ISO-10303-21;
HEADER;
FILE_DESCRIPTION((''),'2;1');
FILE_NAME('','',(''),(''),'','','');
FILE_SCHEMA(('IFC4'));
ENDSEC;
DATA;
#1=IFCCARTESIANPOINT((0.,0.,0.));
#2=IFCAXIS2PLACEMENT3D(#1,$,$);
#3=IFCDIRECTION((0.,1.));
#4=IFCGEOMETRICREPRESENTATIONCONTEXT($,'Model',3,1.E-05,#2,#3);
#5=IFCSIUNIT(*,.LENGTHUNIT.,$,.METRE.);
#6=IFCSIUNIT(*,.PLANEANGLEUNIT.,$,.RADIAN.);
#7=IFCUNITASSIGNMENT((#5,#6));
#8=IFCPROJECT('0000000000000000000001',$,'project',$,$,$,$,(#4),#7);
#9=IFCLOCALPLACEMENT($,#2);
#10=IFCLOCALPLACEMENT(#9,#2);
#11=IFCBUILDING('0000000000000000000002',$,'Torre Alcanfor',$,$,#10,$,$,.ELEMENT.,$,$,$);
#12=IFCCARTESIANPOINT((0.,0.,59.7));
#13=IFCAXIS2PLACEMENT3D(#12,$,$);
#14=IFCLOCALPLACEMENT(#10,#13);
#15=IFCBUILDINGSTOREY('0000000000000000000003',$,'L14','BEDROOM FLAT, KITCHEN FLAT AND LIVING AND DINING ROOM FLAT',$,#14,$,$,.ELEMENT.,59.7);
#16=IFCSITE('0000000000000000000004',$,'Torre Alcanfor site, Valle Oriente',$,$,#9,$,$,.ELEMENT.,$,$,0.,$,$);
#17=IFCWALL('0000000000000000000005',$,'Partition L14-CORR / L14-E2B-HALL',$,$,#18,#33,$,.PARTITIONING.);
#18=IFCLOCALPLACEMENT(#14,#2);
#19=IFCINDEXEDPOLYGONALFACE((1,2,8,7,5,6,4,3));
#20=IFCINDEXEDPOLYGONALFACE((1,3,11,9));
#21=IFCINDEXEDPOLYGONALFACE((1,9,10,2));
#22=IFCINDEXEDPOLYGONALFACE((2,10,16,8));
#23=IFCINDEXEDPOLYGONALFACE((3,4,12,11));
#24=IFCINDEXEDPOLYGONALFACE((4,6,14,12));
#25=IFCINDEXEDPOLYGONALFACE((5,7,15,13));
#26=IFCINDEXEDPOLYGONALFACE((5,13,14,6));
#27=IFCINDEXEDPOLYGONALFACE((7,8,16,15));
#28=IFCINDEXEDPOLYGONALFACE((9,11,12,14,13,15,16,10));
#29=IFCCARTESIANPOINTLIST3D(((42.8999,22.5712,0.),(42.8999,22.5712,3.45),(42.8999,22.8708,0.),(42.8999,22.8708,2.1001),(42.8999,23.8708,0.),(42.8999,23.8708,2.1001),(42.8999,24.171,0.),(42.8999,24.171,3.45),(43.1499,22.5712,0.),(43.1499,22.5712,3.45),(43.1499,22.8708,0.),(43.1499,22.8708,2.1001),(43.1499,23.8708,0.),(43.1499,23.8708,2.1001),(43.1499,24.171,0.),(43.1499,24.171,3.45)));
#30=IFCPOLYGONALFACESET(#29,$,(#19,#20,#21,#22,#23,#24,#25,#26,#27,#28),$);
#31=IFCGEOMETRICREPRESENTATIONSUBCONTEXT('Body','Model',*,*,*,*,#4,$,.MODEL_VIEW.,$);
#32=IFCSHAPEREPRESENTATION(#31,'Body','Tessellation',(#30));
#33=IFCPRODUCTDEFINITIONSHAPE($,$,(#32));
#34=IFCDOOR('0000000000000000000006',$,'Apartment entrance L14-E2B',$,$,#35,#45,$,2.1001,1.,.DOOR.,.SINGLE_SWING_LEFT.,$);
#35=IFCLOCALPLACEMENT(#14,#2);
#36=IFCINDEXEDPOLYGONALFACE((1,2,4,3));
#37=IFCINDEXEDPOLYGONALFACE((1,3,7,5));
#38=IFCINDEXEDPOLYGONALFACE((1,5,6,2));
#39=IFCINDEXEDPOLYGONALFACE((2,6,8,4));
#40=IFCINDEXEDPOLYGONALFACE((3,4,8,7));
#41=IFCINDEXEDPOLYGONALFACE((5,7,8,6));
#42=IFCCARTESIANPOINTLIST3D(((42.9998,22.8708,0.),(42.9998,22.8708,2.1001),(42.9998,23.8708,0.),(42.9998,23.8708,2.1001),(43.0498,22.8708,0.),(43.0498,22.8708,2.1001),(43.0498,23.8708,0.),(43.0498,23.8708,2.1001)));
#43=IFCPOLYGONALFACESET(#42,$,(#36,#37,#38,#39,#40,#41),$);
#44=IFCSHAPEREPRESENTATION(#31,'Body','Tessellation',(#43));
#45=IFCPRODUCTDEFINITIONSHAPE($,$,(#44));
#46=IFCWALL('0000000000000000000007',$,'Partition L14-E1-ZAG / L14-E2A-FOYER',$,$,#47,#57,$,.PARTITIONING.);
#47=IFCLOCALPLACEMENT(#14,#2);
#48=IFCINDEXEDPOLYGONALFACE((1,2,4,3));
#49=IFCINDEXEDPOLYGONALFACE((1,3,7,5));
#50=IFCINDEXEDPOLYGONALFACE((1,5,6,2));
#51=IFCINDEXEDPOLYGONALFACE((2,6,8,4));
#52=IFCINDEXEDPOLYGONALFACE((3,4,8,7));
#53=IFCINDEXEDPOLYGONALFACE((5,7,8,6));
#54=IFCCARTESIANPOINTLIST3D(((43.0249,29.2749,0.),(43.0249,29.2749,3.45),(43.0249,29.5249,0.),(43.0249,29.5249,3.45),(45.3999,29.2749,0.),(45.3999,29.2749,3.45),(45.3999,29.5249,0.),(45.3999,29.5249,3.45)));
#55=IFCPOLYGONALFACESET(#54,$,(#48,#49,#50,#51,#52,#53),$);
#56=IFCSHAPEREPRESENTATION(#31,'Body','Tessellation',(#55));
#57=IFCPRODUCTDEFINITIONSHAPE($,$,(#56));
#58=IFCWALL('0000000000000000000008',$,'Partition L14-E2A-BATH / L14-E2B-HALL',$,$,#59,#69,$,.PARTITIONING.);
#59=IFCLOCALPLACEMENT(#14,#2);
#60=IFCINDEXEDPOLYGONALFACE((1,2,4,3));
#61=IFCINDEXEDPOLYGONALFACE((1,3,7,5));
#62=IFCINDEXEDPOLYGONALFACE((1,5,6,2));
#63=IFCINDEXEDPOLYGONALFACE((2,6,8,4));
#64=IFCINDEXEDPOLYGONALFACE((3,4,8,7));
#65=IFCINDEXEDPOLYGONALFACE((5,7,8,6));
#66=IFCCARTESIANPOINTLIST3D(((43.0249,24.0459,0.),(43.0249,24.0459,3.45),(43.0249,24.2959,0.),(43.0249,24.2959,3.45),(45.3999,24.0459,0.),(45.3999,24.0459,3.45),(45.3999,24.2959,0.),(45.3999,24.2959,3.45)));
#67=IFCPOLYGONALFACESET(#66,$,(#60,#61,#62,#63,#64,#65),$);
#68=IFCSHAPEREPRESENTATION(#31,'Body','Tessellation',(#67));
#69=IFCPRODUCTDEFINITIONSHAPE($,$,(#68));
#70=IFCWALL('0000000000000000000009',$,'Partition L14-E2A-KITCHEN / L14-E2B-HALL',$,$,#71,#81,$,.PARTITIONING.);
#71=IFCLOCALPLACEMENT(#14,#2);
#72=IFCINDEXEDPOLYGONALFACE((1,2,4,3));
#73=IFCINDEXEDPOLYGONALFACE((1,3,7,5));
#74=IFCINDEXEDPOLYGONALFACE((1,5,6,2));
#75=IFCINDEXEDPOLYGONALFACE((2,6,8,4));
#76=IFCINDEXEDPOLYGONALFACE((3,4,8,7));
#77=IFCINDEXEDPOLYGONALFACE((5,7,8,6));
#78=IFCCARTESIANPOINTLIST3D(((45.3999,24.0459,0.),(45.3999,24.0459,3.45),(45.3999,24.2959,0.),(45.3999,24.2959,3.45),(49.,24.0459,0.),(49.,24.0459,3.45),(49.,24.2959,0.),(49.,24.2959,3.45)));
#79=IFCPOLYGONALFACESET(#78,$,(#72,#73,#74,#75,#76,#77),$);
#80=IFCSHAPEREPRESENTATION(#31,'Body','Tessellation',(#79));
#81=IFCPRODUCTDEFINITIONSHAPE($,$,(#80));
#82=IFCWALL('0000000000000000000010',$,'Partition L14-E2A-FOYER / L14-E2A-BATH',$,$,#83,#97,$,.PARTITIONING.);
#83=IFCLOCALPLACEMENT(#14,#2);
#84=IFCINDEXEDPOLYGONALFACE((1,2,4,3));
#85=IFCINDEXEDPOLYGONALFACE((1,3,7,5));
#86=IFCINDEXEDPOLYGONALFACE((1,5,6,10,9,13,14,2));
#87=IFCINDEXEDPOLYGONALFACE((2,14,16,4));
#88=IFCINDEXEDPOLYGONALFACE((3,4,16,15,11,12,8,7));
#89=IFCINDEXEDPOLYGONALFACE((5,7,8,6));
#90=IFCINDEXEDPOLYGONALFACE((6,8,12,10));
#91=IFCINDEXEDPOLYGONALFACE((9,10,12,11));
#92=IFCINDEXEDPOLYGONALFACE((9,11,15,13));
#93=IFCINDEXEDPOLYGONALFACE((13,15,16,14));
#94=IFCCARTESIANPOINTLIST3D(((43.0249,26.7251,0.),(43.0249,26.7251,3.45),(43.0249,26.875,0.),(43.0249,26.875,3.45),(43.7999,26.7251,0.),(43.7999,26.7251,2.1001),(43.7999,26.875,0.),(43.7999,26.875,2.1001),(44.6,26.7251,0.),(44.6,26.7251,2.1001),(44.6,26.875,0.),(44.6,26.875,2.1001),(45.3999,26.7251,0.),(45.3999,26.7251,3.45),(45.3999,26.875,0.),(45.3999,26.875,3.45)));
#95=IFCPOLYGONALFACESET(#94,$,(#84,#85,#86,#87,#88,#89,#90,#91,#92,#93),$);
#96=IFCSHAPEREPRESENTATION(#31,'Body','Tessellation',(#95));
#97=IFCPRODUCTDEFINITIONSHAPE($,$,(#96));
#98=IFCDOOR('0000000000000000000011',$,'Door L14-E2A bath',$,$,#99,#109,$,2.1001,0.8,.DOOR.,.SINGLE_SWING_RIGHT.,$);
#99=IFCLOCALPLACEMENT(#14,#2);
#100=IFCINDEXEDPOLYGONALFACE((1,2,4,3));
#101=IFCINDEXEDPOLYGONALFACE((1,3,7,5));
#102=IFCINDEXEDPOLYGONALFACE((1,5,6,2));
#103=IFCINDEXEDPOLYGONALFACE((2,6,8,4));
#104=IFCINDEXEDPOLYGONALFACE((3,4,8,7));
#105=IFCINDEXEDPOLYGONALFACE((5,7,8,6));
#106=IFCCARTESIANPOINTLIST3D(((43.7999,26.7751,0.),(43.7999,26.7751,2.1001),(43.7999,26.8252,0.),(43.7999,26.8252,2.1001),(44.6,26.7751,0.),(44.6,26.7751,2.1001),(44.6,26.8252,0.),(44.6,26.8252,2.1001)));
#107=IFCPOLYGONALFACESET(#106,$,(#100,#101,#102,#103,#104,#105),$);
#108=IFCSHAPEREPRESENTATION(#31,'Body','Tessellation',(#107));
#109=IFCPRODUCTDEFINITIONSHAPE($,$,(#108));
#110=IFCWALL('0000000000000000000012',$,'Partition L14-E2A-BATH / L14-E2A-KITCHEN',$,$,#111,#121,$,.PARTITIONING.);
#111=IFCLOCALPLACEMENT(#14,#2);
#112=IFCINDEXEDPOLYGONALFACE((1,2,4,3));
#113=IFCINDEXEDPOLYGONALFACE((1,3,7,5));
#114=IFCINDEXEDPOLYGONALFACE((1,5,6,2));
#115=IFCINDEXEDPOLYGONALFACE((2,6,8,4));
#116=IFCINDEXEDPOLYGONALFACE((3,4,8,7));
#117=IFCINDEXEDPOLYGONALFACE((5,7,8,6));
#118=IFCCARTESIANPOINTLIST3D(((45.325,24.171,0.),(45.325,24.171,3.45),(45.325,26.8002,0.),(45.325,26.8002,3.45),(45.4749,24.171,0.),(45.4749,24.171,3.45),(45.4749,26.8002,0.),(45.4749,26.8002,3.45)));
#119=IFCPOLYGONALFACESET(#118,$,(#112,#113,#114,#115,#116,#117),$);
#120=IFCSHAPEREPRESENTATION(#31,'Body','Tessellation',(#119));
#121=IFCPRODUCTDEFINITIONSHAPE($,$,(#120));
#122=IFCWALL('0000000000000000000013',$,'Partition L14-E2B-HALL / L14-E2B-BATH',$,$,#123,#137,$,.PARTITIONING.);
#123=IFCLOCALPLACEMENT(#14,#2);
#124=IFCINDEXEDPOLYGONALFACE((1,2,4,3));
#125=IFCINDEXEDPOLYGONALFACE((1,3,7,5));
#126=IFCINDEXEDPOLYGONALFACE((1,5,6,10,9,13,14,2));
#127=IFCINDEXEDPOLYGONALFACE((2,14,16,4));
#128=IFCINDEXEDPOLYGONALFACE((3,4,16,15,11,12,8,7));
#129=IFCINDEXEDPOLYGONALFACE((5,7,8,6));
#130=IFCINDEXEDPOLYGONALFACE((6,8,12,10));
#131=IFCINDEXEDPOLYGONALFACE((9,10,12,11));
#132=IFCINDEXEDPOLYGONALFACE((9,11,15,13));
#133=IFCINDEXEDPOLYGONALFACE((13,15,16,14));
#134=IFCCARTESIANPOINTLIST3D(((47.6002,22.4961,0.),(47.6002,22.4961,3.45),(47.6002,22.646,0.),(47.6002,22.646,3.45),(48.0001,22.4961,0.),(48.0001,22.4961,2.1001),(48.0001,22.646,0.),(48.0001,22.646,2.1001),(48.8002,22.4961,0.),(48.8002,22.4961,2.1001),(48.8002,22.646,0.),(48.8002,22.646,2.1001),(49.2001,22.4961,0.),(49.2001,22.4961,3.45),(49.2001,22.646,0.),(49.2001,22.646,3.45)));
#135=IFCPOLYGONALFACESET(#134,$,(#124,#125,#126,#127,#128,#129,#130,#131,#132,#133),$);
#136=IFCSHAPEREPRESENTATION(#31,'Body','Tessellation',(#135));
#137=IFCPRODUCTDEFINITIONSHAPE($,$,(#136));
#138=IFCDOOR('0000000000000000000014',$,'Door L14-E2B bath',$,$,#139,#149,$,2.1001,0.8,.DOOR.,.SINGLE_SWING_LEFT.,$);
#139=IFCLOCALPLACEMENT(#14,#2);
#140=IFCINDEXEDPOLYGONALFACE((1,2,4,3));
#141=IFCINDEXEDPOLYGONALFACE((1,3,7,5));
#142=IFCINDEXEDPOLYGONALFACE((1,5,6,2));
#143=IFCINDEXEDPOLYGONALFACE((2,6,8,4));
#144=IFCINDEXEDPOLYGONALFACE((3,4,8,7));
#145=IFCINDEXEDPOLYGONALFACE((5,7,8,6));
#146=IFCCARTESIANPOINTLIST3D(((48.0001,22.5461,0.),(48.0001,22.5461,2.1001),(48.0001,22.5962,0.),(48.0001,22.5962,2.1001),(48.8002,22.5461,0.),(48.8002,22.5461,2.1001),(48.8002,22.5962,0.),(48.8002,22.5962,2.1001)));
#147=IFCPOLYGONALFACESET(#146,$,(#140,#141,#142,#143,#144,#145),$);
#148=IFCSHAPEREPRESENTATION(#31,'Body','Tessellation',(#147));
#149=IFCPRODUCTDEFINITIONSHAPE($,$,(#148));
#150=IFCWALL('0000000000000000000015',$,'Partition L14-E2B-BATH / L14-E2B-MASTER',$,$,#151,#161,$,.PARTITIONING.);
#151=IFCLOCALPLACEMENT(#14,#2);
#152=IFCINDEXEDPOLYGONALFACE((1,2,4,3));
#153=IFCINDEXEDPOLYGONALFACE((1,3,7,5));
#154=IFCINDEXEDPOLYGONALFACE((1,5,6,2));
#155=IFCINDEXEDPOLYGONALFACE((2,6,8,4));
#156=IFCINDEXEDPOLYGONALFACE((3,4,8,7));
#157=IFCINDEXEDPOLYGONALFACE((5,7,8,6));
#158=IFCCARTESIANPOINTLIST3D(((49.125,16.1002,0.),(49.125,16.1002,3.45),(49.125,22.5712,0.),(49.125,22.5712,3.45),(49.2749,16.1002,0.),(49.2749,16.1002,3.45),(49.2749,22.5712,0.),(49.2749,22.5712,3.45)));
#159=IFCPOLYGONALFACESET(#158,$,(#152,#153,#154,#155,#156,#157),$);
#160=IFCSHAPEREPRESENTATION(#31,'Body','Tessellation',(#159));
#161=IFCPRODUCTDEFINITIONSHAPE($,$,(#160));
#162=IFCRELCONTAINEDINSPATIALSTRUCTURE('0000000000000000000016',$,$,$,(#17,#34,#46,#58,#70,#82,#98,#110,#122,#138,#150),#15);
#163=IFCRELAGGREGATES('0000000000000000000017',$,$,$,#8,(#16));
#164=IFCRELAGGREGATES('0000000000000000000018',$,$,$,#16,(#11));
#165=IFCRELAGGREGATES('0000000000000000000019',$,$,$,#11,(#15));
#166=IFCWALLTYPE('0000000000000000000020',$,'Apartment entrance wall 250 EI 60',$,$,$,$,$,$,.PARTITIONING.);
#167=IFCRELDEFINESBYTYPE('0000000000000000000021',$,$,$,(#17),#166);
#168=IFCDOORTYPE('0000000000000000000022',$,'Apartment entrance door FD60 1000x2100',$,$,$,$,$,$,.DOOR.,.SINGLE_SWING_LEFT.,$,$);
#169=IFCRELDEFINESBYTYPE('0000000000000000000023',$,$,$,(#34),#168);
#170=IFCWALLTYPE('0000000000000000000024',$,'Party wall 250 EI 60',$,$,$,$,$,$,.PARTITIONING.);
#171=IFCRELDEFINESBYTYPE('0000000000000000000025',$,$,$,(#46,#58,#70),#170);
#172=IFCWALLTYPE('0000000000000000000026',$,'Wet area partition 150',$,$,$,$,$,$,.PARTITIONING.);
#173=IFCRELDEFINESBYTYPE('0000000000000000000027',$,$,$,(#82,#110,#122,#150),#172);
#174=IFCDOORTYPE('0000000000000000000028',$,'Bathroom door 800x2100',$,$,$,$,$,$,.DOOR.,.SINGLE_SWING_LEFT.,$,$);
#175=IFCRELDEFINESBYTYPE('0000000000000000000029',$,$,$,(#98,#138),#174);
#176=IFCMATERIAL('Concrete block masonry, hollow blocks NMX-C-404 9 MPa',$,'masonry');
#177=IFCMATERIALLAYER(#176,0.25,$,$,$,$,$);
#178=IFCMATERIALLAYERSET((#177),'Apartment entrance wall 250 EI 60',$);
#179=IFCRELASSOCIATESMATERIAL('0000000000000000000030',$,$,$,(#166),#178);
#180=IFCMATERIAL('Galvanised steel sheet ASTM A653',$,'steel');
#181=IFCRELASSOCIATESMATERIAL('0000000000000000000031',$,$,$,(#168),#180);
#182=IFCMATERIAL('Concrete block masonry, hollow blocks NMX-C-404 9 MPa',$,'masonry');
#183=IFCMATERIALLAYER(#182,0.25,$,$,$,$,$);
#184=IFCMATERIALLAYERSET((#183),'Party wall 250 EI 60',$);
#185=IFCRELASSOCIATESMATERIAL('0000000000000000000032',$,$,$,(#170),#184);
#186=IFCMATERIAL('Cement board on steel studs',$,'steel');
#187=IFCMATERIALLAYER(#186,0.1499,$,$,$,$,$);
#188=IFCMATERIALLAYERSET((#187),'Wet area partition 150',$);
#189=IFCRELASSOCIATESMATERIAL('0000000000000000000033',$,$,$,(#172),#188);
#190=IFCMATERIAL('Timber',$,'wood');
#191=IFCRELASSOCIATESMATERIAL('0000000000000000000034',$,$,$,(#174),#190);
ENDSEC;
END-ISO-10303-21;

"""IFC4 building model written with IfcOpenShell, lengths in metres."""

from ifc_helpers import new_model, si_unit, direction, frame, frame_2d, origin, place, context, subcontext, project, spatial, rectangle, extrude, material, layer, layer_set, type_object, element, fill, save


model = new_model("IFC4")

# Units and contexts
model_context = context("Model", 3, precision=1e-05, world=origin(), true_north=direction((0.0, 1.0)))
body_context = subcontext(model_context, "Body", "Model", "MODEL_VIEW")
ifc_project = project(units=[si_unit("LENGTHUNIT", "METRE"), si_unit("PLANEANGLEUNIT", "RADIAN")], contexts=[model_context])

# Site, building, storey
site_placement = place(None, origin())
site = spatial("IfcSite", under=ifc_project, at=site_placement, Name="Torre Alcanfor site, Valle Oriente", CompositionType="ELEMENT", RefElevation=0.0)
building_placement = place(site_placement, origin())
building = spatial("IfcBuilding", under=site, at=building_placement, Name="Torre Alcanfor", CompositionType="ELEMENT")
storey_placement = place(building_placement, frame((0.0, 0.0, 59.7)))
storey = spatial("IfcBuildingStorey", under=building, at=storey_placement, Name="L14", Description="BEDROOM FLAT, KITCHEN FLAT AND LIVING AND DINING ROOM FLAT", CompositionType="ELEMENT", Elevation=59.7)

# Shared definitions
ifc_material_1 = material(Name="Concrete block masonry, hollow blocks NMX-C-404 9 MPa", Category="masonry")
ifc_layer_1 = layer(ifc_material_1, 0.25)
ifc_layer_set_1 = layer_set([ifc_layer_1], Name="Apartment entrance wall 250 EI 60")
wall_type_1 = type_object("IfcWallType", Name="Apartment entrance wall 250 EI 60", PredefinedType="PARTITIONING", material=ifc_layer_set_1)
ifc_material_2 = material(Name="Galvanised steel sheet ASTM A653", Category="steel")
door_type_1 = type_object("IfcDoorType", Name="Apartment entrance door FD60 1000x2100", OperationType="SINGLE_SWING_LEFT", PredefinedType="DOOR", material=ifc_material_2)

# Wall, opening, door
wall_1_placement = place(storey_placement, frame((43.0249, 24.1709, 0.0), z_axis=(0.0, 0.0, 1.0), x_axis=(0.0, -1.0, 0.0)))
wall_1 = element("IfcWall", 1, at=wall_1_placement, inside=storey, type_object=wall_type_1, Name="Partition L14-CORR / L14-E2B-HALL", PredefinedType="PARTITIONING", context=body_context, shape_type="SweptSolid", body=[
    extrude(rectangle(XDim=1.5999, YDim=0.25, at=frame_2d((0.7998, 0.0))), origin(), (0.0, 0.0, 1.0), 3.45),
])
opening_1_placement = place(wall_1_placement, frame((0.3, 0.0, 0.0)))
opening_1 = element("IfcOpeningElement", 2, at=opening_1_placement, cuts=wall_1, PredefinedType="OPENING", context=body_context, shape_type="SweptSolid", body=[
    extrude(rectangle(XDim=1.0, YDim=2.1001, at=frame_2d((0.5, 1.05))), frame((0.0, 0.135, 0.0), z_axis=(0.0, -1.0, 0.0), x_axis=(1.0, 0.0, 0.0)), (0.0, 0.0, 1.0), 0.27),
])
door_1_placement = place(opening_1_placement, origin())
door_1 = element("IfcDoor", 3, at=door_1_placement, inside=storey, type_object=door_type_1, Name="Apartment entrance L14-E2B", OperationType="SINGLE_SWING_LEFT", OverallHeight=2.1001, OverallWidth=1.0, PredefinedType="DOOR", context=body_context, shape_type="SweptSolid", body=[
    extrude(rectangle(XDim=1.0, YDim=2.1001, at=frame_2d((0.5, 1.05))), frame((0.0, 0.0249, 0.0), z_axis=(0.0, -1.0, 0.0), x_axis=(1.0, 0.0, 0.0)), (0.0, 0.0, 1.0), 0.05),
])
fill(opening_1, door_1)

# Walls
ifc_material_3 = material(Name="Concrete block masonry, hollow blocks NMX-C-404 9 MPa", Category="masonry")
ifc_layer_2 = layer(ifc_material_3, 0.25)
ifc_layer_set_2 = layer_set([ifc_layer_2], Name="Party wall 250 EI 60")
wall_type_2 = type_object("IfcWallType", Name="Party wall 250 EI 60", PredefinedType="PARTITIONING", material=ifc_layer_set_2)
for number, where, z_axis, x_axis, name in (
    (4, (43.0249, 29.3999, 0.0), (0.0, 0.0, 1.0), (1.0, 0.0, 0.0), "Partition L14-E1-ZAG / L14-E2A-FOYER"),
    (5, (45.3999, 24.1709, 0.0), (0.0, 0.0, 1.0), (-1.0, 0.0, 0.0), "Partition L14-E2A-BATH / L14-E2B-HALL"),
):
    element("IfcWall", number, at=place(storey_placement, frame(where, z_axis=z_axis, x_axis=x_axis)), inside=storey, type_object=wall_type_2, Name=name, PredefinedType="PARTITIONING", context=body_context, shape_type="SweptSolid", body=[
        extrude(rectangle(XDim=2.375, YDim=0.25, at=frame_2d((1.1875, 0.0))), origin(), (0.0, 0.0, 1.0), 3.45),
    ])
wall_2_placement = place(storey_placement, frame((49.0, 24.1709, 0.0), z_axis=(0.0, 0.0, 1.0), x_axis=(-1.0, 0.0, 0.0)))
element("IfcWall", 6, at=wall_2_placement, inside=storey, type_object=wall_type_2, Name="Partition L14-E2A-KITCHEN / L14-E2B-HALL", PredefinedType="PARTITIONING", context=body_context, shape_type="SweptSolid", body=[
    extrude(rectangle(XDim=3.6001, YDim=0.25, at=frame_2d((1.8, 0.0))), origin(), (0.0, 0.0, 1.0), 3.45),
])

# Wall, opening, door
ifc_material_4 = material(Name="Cement board on steel studs", Category="steel")
ifc_layer_3 = layer(ifc_material_4, 0.1499)
ifc_layer_set_3 = layer_set([ifc_layer_3], Name="Wet area partition 150")
wall_type_3 = type_object("IfcWallType", Name="Wet area partition 150", PredefinedType="PARTITIONING", material=ifc_layer_set_3)
wall_3_placement = place(storey_placement, frame((45.3999, 26.8, 0.0), z_axis=(0.0, 0.0, 1.0), x_axis=(-1.0, 0.0, 0.0)))
wall_3 = element("IfcWall", 7, at=wall_3_placement, inside=storey, type_object=wall_type_3, Name="Partition L14-E2A-FOYER / L14-E2A-BATH", PredefinedType="PARTITIONING", context=body_context, shape_type="SweptSolid", body=[
    extrude(rectangle(XDim=2.375, YDim=0.1499, at=frame_2d((1.1875, 0.0))), origin(), (0.0, 0.0, 1.0), 3.45),
])
opening_2_placement = place(wall_3_placement, frame((0.8, 0.0, 0.0)))
opening_2 = element("IfcOpeningElement", 8, at=opening_2_placement, cuts=wall_3, PredefinedType="OPENING", context=body_context, shape_type="SweptSolid", body=[
    extrude(rectangle(XDim=0.8, YDim=2.1001, at=frame_2d((0.3999, 1.05))), frame((0.0, 0.085, 0.0), z_axis=(0.0, -1.0, 0.0), x_axis=(1.0, 0.0, 0.0)), (0.0, 0.0, 1.0), 0.1699),
])
ifc_material_5 = material(Name="Timber", Category="wood")
door_type_2 = type_object("IfcDoorType", Name="Bathroom door 800x2100", OperationType="SINGLE_SWING_LEFT", PredefinedType="DOOR", material=ifc_material_5)
door_2_placement = place(opening_2_placement, origin())
door_2 = element("IfcDoor", 9, at=door_2_placement, inside=storey, type_object=door_type_2, Name="Door L14-E2A bath", OperationType="SINGLE_SWING_RIGHT", OverallHeight=2.1001, OverallWidth=0.8, PredefinedType="DOOR", context=body_context, shape_type="SweptSolid", body=[
    extrude(rectangle(XDim=0.8, YDim=2.1001, at=frame_2d((0.3999, 1.05))), frame((0.0, 0.0249, 0.0), z_axis=(0.0, -1.0, 0.0), x_axis=(1.0, 0.0, 0.0)), (0.0, 0.0, 1.0), 0.05),
])
fill(opening_2, door_2)

# Wall
wall_4_placement = place(storey_placement, frame((45.3999, 26.8, 0.0), z_axis=(0.0, 0.0, 1.0), x_axis=(0.0, -1.0, 0.0)))
element("IfcWall", 10, at=wall_4_placement, inside=storey, type_object=wall_type_3, Name="Partition L14-E2A-BATH / L14-E2A-KITCHEN", PredefinedType="PARTITIONING", context=body_context, shape_type="SweptSolid", body=[
    extrude(rectangle(XDim=2.6292, YDim=0.1499, at=frame_2d((1.3145, 0.0))), origin(), (0.0, 0.0, 1.0), 3.45),
])

# Wall, opening, door
wall_5_placement = place(storey_placement, frame((49.2, 22.571, 0.0), z_axis=(0.0, 0.0, 1.0), x_axis=(-1.0, 0.0, 0.0)))
wall_5 = element("IfcWall", 11, at=wall_5_placement, inside=storey, type_object=wall_type_3, Name="Partition L14-E2B-HALL / L14-E2B-BATH", PredefinedType="PARTITIONING", context=body_context, shape_type="SweptSolid", body=[
    extrude(rectangle(XDim=1.5999, YDim=0.1499, at=frame_2d((0.7998, 0.0))), origin(), (0.0, 0.0, 1.0), 3.45),
])
opening_3_placement = place(wall_5_placement, frame((0.3999, 0.0, 0.0)))
opening_3 = element("IfcOpeningElement", 12, at=opening_3_placement, cuts=wall_5, PredefinedType="OPENING", context=body_context, shape_type="SweptSolid", body=[
    extrude(rectangle(XDim=0.8, YDim=2.1001, at=frame_2d((0.3999, 1.05))), frame((0.0, 0.085, 0.0), z_axis=(0.0, -1.0, 0.0), x_axis=(1.0, 0.0, 0.0)), (0.0, 0.0, 1.0), 0.1699),
])
door_3_placement = place(opening_3_placement, origin())
door_3 = element("IfcDoor", 13, at=door_3_placement, inside=storey, type_object=door_type_2, Name="Door L14-E2B bath", OperationType="SINGLE_SWING_LEFT", OverallHeight=2.1001, OverallWidth=0.8, PredefinedType="DOOR", context=body_context, shape_type="SweptSolid", body=[
    extrude(rectangle(XDim=0.8, YDim=2.1001, at=frame_2d((0.3999, 1.05))), frame((0.0, 0.0249, 0.0), z_axis=(0.0, -1.0, 0.0), x_axis=(1.0, 0.0, 0.0)), (0.0, 0.0, 1.0), 0.05),
])
fill(opening_3, door_3)

# Wall
wall_6_placement = place(storey_placement, frame((49.2, 22.571, 0.0), z_axis=(0.0, 0.0, 1.0), x_axis=(0.0, -1.0, 0.0)))
element("IfcWall", 14, at=wall_6_placement, inside=storey, type_object=wall_type_3, Name="Partition L14-E2B-BATH / L14-E2B-MASTER", PredefinedType="PARTITIONING", context=body_context, shape_type="SweptSolid", body=[
    extrude(rectangle(XDim=6.4709, YDim=0.1499, at=frame_2d((3.2354, 0.0))), origin(), (0.0, 0.0, 1.0), 3.45),
])

save(model, "model.ifc")
